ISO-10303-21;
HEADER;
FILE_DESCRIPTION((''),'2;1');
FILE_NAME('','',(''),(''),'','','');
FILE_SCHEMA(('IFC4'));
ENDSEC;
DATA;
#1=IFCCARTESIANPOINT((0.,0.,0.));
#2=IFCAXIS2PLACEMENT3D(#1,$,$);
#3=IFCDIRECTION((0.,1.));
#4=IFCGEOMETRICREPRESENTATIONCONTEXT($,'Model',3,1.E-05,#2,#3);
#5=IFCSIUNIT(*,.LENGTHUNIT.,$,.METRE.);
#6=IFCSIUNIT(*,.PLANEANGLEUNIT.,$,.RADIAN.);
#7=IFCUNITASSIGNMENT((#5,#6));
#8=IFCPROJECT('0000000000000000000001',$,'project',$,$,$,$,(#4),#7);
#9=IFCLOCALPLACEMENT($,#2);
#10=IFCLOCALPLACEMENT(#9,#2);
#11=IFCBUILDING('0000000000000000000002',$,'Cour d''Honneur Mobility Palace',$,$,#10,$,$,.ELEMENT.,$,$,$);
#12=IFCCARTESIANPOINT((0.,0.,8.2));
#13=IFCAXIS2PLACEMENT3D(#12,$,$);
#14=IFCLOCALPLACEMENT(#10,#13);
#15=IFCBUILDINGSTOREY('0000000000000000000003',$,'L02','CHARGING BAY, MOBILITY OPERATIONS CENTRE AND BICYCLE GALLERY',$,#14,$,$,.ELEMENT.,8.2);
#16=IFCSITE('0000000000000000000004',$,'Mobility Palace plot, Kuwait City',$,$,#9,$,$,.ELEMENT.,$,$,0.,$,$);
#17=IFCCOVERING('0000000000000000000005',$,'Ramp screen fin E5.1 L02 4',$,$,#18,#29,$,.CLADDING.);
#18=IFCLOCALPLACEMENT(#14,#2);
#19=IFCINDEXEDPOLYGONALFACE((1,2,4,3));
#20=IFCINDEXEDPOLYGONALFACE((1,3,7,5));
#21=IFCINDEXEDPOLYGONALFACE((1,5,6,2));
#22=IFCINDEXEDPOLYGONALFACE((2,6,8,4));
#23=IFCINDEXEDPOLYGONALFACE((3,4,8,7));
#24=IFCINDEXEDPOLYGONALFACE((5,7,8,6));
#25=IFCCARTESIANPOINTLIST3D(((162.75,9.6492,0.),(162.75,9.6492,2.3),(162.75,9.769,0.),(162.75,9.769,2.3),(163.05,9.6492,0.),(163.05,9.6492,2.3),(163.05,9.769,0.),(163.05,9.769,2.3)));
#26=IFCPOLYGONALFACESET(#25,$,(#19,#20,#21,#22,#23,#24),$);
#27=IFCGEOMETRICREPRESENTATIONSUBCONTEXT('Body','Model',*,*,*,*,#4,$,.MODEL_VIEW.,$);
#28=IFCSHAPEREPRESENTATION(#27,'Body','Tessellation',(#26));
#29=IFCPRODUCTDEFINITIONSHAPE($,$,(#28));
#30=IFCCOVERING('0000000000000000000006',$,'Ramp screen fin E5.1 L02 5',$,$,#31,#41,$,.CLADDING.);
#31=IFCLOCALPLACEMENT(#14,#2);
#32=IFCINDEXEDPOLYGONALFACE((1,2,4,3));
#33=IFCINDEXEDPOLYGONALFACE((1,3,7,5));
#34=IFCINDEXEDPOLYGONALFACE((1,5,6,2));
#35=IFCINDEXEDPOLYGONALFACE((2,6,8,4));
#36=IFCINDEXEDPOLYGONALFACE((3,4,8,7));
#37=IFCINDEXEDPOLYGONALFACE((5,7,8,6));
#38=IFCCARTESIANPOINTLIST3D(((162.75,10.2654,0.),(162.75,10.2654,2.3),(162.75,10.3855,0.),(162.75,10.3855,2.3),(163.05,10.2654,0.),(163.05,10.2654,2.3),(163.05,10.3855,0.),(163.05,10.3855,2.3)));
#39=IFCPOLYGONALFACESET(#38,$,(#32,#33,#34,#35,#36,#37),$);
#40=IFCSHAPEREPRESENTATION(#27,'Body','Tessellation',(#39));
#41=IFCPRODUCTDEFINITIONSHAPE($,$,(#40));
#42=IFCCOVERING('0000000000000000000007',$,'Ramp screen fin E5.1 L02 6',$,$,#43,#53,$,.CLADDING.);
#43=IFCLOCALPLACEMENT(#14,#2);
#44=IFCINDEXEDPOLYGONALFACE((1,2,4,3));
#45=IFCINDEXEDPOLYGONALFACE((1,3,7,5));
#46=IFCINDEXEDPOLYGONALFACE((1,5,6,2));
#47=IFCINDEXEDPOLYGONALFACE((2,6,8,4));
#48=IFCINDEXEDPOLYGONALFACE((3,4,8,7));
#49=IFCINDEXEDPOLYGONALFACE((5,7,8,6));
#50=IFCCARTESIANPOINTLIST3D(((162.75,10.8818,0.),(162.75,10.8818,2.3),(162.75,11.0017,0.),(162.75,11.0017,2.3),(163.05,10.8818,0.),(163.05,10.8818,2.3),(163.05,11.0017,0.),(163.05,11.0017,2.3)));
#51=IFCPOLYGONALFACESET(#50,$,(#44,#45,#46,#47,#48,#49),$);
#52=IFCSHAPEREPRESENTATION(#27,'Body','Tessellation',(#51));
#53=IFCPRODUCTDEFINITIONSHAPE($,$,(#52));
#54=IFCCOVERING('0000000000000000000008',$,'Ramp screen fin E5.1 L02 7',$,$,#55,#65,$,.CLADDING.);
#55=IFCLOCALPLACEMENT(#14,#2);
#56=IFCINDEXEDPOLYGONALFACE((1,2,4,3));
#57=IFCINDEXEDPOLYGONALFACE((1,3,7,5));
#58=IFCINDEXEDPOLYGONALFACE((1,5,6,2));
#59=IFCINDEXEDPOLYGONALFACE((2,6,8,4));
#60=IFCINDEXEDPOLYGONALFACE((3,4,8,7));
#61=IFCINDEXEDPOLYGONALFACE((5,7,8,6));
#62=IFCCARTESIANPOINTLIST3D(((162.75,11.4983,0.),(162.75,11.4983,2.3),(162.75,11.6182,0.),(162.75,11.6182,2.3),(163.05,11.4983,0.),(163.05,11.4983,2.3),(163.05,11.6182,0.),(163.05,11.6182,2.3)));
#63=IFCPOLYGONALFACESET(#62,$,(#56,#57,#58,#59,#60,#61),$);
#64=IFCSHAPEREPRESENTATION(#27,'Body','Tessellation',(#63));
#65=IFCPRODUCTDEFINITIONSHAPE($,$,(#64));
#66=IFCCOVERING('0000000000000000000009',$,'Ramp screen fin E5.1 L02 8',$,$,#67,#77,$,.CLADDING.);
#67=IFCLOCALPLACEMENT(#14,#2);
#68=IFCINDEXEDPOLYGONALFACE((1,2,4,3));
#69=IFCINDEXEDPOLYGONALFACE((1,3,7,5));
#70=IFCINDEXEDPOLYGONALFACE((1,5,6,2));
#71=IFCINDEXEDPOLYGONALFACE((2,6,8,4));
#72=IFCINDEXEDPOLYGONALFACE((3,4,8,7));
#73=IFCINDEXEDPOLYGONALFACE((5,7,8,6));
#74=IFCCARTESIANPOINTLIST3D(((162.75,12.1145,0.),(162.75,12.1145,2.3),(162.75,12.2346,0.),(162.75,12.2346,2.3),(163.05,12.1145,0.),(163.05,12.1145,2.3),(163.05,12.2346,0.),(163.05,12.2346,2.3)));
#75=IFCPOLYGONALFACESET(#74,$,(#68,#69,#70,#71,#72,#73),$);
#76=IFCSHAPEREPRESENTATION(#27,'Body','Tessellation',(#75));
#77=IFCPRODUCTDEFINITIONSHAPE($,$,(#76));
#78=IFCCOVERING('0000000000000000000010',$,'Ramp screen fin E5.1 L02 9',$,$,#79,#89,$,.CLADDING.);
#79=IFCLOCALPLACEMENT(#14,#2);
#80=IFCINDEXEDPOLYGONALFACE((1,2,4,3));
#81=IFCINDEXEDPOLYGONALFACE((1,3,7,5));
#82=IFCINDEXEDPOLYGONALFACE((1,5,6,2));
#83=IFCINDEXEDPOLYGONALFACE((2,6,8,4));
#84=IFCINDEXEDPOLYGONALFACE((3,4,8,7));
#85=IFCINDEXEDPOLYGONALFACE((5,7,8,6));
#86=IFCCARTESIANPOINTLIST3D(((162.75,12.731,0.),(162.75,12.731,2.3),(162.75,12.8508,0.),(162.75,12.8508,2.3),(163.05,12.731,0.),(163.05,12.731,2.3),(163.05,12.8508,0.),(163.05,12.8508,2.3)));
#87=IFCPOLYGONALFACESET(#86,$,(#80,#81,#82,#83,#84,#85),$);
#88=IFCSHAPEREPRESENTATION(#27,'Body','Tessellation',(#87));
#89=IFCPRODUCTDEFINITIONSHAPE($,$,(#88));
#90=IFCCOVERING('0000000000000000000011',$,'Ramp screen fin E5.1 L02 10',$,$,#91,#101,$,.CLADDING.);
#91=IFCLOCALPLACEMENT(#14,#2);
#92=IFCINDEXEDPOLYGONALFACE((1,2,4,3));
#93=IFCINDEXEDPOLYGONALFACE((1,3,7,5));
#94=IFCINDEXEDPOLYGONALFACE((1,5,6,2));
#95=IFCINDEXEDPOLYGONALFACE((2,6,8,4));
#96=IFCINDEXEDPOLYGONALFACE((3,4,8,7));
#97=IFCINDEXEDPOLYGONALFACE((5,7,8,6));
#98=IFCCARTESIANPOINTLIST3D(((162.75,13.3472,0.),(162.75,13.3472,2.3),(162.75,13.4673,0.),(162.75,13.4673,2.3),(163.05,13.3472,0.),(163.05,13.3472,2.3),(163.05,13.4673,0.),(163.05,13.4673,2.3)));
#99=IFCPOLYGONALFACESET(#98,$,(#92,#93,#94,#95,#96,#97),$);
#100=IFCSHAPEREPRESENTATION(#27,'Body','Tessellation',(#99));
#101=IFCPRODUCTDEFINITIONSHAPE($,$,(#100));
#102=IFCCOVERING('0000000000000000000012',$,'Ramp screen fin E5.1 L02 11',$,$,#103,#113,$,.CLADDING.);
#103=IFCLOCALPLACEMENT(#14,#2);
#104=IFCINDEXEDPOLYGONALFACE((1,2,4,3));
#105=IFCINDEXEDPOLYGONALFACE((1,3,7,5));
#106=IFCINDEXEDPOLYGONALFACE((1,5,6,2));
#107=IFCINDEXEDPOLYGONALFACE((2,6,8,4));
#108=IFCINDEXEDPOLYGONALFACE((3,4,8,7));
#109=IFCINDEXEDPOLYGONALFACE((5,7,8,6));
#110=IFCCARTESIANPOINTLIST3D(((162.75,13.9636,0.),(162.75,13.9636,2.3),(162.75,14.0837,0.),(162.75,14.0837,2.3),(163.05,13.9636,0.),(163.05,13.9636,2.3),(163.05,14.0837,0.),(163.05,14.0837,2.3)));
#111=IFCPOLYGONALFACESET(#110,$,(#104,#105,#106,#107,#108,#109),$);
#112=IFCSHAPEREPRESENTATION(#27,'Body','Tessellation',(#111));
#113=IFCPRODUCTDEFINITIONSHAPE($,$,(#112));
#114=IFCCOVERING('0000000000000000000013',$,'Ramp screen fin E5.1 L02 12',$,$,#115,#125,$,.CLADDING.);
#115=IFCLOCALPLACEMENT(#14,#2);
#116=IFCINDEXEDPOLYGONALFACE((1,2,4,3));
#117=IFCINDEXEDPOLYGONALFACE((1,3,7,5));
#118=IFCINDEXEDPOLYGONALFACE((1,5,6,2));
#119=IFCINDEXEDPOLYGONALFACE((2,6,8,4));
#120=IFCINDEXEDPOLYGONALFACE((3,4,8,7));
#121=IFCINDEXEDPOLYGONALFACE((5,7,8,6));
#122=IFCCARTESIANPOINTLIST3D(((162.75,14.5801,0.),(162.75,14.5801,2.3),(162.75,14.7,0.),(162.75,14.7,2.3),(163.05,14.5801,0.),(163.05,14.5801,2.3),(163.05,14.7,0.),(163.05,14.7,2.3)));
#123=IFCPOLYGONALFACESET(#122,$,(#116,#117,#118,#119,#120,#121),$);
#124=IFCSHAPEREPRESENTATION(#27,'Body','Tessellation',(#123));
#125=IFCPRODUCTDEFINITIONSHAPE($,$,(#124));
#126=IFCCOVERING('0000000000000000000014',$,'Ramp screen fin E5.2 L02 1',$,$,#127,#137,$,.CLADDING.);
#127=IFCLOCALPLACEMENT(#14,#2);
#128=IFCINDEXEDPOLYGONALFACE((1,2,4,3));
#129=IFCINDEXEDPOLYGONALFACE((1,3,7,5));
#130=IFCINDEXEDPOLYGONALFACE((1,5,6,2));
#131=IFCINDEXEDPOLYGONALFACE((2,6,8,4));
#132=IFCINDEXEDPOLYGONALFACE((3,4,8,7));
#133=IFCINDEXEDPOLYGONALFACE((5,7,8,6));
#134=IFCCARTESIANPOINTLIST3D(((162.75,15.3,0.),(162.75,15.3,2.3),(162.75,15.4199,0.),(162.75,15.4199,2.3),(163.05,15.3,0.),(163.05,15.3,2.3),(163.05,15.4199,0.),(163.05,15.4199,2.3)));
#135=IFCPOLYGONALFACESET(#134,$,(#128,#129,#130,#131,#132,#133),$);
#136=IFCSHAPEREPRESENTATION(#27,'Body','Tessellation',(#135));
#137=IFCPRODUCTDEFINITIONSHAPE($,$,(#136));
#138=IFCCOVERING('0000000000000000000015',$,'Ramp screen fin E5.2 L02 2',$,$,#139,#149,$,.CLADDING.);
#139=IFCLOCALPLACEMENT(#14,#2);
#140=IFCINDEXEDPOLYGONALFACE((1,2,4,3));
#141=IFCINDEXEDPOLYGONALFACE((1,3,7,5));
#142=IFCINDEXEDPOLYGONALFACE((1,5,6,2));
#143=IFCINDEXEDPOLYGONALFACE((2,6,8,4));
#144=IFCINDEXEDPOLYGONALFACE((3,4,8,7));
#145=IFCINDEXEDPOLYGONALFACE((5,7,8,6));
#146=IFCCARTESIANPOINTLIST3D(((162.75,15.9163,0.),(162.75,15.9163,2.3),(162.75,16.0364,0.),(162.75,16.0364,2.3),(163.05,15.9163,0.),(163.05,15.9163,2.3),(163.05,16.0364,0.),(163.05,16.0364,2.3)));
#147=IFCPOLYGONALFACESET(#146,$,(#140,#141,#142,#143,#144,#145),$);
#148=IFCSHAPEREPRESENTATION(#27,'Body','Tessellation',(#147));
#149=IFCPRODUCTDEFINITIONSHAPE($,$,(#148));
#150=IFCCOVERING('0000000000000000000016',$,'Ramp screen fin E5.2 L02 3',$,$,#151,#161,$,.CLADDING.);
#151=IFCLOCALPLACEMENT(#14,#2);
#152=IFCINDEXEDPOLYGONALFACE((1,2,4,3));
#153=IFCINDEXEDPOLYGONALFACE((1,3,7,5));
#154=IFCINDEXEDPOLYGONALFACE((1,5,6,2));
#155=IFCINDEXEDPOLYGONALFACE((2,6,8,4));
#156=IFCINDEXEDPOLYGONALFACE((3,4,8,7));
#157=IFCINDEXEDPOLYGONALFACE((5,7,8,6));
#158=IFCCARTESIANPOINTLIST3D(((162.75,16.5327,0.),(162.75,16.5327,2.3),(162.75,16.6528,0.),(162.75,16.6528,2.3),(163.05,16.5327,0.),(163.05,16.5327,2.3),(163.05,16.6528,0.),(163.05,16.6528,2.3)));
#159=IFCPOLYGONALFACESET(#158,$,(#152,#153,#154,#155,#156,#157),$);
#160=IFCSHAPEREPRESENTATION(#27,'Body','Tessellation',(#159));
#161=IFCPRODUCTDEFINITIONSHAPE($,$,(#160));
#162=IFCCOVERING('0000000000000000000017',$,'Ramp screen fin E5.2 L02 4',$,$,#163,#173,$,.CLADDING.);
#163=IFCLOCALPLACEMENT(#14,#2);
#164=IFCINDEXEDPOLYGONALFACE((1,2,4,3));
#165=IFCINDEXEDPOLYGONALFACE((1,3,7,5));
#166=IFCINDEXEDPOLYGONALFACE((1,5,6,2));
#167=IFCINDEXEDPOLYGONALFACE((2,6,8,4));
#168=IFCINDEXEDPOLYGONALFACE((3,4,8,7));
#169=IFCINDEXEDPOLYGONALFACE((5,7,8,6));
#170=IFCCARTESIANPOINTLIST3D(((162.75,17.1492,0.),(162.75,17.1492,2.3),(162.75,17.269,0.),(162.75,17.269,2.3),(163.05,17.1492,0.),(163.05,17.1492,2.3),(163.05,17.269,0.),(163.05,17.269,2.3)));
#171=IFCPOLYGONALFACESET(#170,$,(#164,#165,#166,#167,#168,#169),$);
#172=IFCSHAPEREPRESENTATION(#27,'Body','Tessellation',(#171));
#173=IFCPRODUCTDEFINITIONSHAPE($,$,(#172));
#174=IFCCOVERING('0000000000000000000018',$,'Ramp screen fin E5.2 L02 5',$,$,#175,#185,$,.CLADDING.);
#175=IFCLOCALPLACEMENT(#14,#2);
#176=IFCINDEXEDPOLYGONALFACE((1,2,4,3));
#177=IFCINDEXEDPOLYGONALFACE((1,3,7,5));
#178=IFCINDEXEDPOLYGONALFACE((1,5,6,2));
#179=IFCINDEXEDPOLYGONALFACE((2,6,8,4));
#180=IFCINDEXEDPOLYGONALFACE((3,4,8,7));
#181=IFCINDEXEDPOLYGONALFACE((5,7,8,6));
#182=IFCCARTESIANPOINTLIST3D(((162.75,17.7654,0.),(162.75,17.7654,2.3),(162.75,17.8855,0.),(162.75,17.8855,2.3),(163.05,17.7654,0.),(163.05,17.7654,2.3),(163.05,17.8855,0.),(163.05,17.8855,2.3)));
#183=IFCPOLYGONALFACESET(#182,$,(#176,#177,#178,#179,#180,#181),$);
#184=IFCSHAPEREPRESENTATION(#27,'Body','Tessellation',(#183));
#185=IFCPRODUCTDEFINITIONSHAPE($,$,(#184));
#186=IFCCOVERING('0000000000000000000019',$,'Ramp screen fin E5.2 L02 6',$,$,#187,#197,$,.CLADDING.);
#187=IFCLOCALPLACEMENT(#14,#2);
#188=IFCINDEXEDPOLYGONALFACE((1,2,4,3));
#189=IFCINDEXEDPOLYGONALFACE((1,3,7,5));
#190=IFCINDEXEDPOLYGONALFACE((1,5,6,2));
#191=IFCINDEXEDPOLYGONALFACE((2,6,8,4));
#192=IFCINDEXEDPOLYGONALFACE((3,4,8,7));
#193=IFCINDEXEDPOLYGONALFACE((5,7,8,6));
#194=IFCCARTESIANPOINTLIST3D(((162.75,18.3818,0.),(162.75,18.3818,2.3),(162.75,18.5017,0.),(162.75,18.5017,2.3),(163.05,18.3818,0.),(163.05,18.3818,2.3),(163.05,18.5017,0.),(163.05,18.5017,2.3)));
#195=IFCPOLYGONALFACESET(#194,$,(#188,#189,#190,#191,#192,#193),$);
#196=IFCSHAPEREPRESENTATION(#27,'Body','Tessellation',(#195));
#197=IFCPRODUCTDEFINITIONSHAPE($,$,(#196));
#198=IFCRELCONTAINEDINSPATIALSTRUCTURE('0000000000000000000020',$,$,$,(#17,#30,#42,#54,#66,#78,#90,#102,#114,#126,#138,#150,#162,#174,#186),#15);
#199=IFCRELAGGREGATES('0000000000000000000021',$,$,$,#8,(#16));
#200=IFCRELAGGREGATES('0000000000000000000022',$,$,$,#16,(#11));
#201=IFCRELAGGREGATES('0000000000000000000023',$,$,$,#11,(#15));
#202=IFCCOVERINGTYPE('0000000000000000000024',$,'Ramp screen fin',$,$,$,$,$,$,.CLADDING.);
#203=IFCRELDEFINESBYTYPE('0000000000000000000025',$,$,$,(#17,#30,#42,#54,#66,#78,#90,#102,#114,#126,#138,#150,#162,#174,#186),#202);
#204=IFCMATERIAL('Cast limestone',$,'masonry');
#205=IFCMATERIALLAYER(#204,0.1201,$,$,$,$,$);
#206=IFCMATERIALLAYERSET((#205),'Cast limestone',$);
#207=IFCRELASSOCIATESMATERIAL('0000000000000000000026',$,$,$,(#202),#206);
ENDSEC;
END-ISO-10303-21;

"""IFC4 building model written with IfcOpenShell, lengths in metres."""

from ifc_helpers import new_model, si_unit, direction, frame, origin, place, context, subcontext, project, spatial, polyline, outline, extrude, material, layer, layer_set, type_object, element, save


model = new_model("IFC4")

# Units and contexts
model_context = context("Model", 3, precision=1e-05, world=origin(), true_north=direction((0.0, 1.0)))
body_context = subcontext(model_context, "Body", "Model", "MODEL_VIEW")
ifc_project = project(units=[si_unit("LENGTHUNIT", "METRE"), si_unit("PLANEANGLEUNIT", "RADIAN")], contexts=[model_context])

# Site, building, storey
site_placement = place(None, origin())
site = spatial("IfcSite", under=ifc_project, at=site_placement, Name="Mobility Palace plot, Kuwait City", CompositionType="ELEMENT", RefElevation=0.0)
building_placement = place(site_placement, origin())
building = spatial("IfcBuilding", under=site, at=building_placement, Name="Cour d'Honneur Mobility Palace", CompositionType="ELEMENT")
storey_placement = place(building_placement, frame((0.0, 0.0, 8.2)))
storey = spatial("IfcBuildingStorey", under=building, at=storey_placement, Name="L02", Description="CHARGING BAY, MOBILITY OPERATIONS CENTRE AND BICYCLE GALLERY", CompositionType="ELEMENT", Elevation=8.2)

# Coverings
ifc_material = material(Name="Cast limestone", Category="masonry")
ifc_layer = layer(ifc_material, 0.1201)
ifc_layer_set = layer_set([ifc_layer], Name="Cast limestone")
covering_type = type_object("IfcCoveringType", Name="Ramp screen fin", PredefinedType="CLADDING", material=ifc_layer_set)
covering_1_placement = place(storey_placement, origin())
element("IfcCovering", 1, at=covering_1_placement, inside=storey, type_object=covering_type, Name="Ramp screen fin E5.1 L02 4", PredefinedType="CLADDING", context=body_context, shape_type="SweptSolid", body=[
    extrude(outline(polyline([(162.75, 9.6492), (162.75, 9.769), (163.05, 9.769), (163.05, 9.6492), (162.75, 9.6492)])), origin(), (0.0, 0.0, 1.0), 2.3),
])
covering_2_placement = place(storey_placement, origin())
element("IfcCovering", 2, at=covering_2_placement, inside=storey, type_object=covering_type, Name="Ramp screen fin E5.1 L02 5", PredefinedType="CLADDING", context=body_context, shape_type="SweptSolid", body=[
    extrude(outline(polyline([(162.75, 10.2654), (162.75, 10.3855), (163.05, 10.3855), (163.05, 10.2654), (162.75, 10.2654)])), origin(), (0.0, 0.0, 1.0), 2.3),
])
covering_3_placement = place(storey_placement, origin())
element("IfcCovering", 3, at=covering_3_placement, inside=storey, type_object=covering_type, Name="Ramp screen fin E5.1 L02 6", PredefinedType="CLADDING", context=body_context, shape_type="SweptSolid", body=[
    extrude(outline(polyline([(162.75, 10.8818), (162.75, 11.0017), (163.05, 11.0017), (163.05, 10.8818), (162.75, 10.8818)])), origin(), (0.0, 0.0, 1.0), 2.3),
])
covering_4_placement = place(storey_placement, origin())
element("IfcCovering", 4, at=covering_4_placement, inside=storey, type_object=covering_type, Name="Ramp screen fin E5.1 L02 7", PredefinedType="CLADDING", context=body_context, shape_type="SweptSolid", body=[
    extrude(outline(polyline([(162.75, 11.4983), (162.75, 11.6182), (163.05, 11.6182), (163.05, 11.4983), (162.75, 11.4983)])), origin(), (0.0, 0.0, 1.0), 2.3),
])
covering_5_placement = place(storey_placement, origin())
element("IfcCovering", 5, at=covering_5_placement, inside=storey, type_object=covering_type, Name="Ramp screen fin E5.1 L02 8", PredefinedType="CLADDING", context=body_context, shape_type="SweptSolid", body=[
    extrude(outline(polyline([(162.75, 12.1145), (162.75, 12.2346), (163.05, 12.2346), (163.05, 12.1145), (162.75, 12.1145)])), origin(), (0.0, 0.0, 1.0), 2.3),
])
covering_6_placement = place(storey_placement, origin())
element("IfcCovering", 6, at=covering_6_placement, inside=storey, type_object=covering_type, Name="Ramp screen fin E5.1 L02 9", PredefinedType="CLADDING", context=body_context, shape_type="SweptSolid", body=[
    extrude(outline(polyline([(162.75, 12.731), (162.75, 12.8508), (163.05, 12.8508), (163.05, 12.731), (162.75, 12.731)])), origin(), (0.0, 0.0, 1.0), 2.3),
])
covering_7_placement = place(storey_placement, origin())
element("IfcCovering", 7, at=covering_7_placement, inside=storey, type_object=covering_type, Name="Ramp screen fin E5.1 L02 10", PredefinedType="CLADDING", context=body_context, shape_type="SweptSolid", body=[
    extrude(outline(polyline([(162.75, 13.3472), (162.75, 13.4673), (163.05, 13.4673), (163.05, 13.3472), (162.75, 13.3472)])), origin(), (0.0, 0.0, 1.0), 2.3),
])
covering_8_placement = place(storey_placement, origin())
element("IfcCovering", 8, at=covering_8_placement, inside=storey, type_object=covering_type, Name="Ramp screen fin E5.1 L02 11", PredefinedType="CLADDING", context=body_context, shape_type="SweptSolid", body=[
    extrude(outline(polyline([(162.75, 13.9636), (162.75, 14.0837), (163.05, 14.0837), (163.05, 13.9636), (162.75, 13.9636)])), origin(), (0.0, 0.0, 1.0), 2.3),
])
covering_9_placement = place(storey_placement, origin())
element("IfcCovering", 9, at=covering_9_placement, inside=storey, type_object=covering_type, Name="Ramp screen fin E5.1 L02 12", PredefinedType="CLADDING", context=body_context, shape_type="SweptSolid", body=[
    extrude(outline(polyline([(162.75, 14.5801), (162.75, 14.7), (163.05, 14.7), (163.05, 14.5801), (162.75, 14.5801)])), origin(), (0.0, 0.0, 1.0), 2.3),
])
covering_10_placement = place(storey_placement, origin())
element("IfcCovering", 10, at=covering_10_placement, inside=storey, type_object=covering_type, Name="Ramp screen fin E5.2 L02 1", PredefinedType="CLADDING", context=body_context, shape_type="SweptSolid", body=[
    extrude(outline(polyline([(162.75, 15.3), (162.75, 15.4199), (163.05, 15.4199), (163.05, 15.3), (162.75, 15.3)])), origin(), (0.0, 0.0, 1.0), 2.3),
])
covering_11_placement = place(storey_placement, origin())
element("IfcCovering", 11, at=covering_11_placement, inside=storey, type_object=covering_type, Name="Ramp screen fin E5.2 L02 2", PredefinedType="CLADDING", context=body_context, shape_type="SweptSolid", body=[
    extrude(outline(polyline([(162.75, 15.9163), (162.75, 16.0364), (163.05, 16.0364), (163.05, 15.9163), (162.75, 15.9163)])), origin(), (0.0, 0.0, 1.0), 2.3),
])
covering_12_placement = place(storey_placement, origin())
element("IfcCovering", 12, at=covering_12_placement, inside=storey, type_object=covering_type, Name="Ramp screen fin E5.2 L02 3", PredefinedType="CLADDING", context=body_context, shape_type="SweptSolid", body=[
    extrude(outline(polyline([(162.75, 16.5327), (162.75, 16.6528), (163.05, 16.6528), (163.05, 16.5327), (162.75, 16.5327)])), origin(), (0.0, 0.0, 1.0), 2.3),
])
covering_13_placement = place(storey_placement, origin())
element("IfcCovering", 13, at=covering_13_placement, inside=storey, type_object=covering_type, Name="Ramp screen fin E5.2 L02 4", PredefinedType="CLADDING", context=body_context, shape_type="SweptSolid", body=[
    extrude(outline(polyline([(162.75, 17.1492), (162.75, 17.269), (163.05, 17.269), (163.05, 17.1492), (162.75, 17.1492)])), origin(), (0.0, 0.0, 1.0), 2.3),
])
covering_14_placement = place(storey_placement, origin())
element("IfcCovering", 14, at=covering_14_placement, inside=storey, type_object=covering_type, Name="Ramp screen fin E5.2 L02 5", PredefinedType="CLADDING", context=body_context, shape_type="SweptSolid", body=[
    extrude(outline(polyline([(162.75, 17.7654), (162.75, 17.8855), (163.05, 17.8855), (163.05, 17.7654), (162.75, 17.7654)])), origin(), (0.0, 0.0, 1.0), 2.3),
])
covering_15_placement = place(storey_placement, origin())
element("IfcCovering", 15, at=covering_15_placement, inside=storey, type_object=covering_type, Name="Ramp screen fin E5.2 L02 6", PredefinedType="CLADDING", context=body_context, shape_type="SweptSolid", body=[
    extrude(outline(polyline([(162.75, 18.3818), (162.75, 18.5017), (163.05, 18.5017), (163.05, 18.3818), (162.75, 18.3818)])), origin(), (0.0, 0.0, 1.0), 2.3),
])

save(model, "model.ifc")
